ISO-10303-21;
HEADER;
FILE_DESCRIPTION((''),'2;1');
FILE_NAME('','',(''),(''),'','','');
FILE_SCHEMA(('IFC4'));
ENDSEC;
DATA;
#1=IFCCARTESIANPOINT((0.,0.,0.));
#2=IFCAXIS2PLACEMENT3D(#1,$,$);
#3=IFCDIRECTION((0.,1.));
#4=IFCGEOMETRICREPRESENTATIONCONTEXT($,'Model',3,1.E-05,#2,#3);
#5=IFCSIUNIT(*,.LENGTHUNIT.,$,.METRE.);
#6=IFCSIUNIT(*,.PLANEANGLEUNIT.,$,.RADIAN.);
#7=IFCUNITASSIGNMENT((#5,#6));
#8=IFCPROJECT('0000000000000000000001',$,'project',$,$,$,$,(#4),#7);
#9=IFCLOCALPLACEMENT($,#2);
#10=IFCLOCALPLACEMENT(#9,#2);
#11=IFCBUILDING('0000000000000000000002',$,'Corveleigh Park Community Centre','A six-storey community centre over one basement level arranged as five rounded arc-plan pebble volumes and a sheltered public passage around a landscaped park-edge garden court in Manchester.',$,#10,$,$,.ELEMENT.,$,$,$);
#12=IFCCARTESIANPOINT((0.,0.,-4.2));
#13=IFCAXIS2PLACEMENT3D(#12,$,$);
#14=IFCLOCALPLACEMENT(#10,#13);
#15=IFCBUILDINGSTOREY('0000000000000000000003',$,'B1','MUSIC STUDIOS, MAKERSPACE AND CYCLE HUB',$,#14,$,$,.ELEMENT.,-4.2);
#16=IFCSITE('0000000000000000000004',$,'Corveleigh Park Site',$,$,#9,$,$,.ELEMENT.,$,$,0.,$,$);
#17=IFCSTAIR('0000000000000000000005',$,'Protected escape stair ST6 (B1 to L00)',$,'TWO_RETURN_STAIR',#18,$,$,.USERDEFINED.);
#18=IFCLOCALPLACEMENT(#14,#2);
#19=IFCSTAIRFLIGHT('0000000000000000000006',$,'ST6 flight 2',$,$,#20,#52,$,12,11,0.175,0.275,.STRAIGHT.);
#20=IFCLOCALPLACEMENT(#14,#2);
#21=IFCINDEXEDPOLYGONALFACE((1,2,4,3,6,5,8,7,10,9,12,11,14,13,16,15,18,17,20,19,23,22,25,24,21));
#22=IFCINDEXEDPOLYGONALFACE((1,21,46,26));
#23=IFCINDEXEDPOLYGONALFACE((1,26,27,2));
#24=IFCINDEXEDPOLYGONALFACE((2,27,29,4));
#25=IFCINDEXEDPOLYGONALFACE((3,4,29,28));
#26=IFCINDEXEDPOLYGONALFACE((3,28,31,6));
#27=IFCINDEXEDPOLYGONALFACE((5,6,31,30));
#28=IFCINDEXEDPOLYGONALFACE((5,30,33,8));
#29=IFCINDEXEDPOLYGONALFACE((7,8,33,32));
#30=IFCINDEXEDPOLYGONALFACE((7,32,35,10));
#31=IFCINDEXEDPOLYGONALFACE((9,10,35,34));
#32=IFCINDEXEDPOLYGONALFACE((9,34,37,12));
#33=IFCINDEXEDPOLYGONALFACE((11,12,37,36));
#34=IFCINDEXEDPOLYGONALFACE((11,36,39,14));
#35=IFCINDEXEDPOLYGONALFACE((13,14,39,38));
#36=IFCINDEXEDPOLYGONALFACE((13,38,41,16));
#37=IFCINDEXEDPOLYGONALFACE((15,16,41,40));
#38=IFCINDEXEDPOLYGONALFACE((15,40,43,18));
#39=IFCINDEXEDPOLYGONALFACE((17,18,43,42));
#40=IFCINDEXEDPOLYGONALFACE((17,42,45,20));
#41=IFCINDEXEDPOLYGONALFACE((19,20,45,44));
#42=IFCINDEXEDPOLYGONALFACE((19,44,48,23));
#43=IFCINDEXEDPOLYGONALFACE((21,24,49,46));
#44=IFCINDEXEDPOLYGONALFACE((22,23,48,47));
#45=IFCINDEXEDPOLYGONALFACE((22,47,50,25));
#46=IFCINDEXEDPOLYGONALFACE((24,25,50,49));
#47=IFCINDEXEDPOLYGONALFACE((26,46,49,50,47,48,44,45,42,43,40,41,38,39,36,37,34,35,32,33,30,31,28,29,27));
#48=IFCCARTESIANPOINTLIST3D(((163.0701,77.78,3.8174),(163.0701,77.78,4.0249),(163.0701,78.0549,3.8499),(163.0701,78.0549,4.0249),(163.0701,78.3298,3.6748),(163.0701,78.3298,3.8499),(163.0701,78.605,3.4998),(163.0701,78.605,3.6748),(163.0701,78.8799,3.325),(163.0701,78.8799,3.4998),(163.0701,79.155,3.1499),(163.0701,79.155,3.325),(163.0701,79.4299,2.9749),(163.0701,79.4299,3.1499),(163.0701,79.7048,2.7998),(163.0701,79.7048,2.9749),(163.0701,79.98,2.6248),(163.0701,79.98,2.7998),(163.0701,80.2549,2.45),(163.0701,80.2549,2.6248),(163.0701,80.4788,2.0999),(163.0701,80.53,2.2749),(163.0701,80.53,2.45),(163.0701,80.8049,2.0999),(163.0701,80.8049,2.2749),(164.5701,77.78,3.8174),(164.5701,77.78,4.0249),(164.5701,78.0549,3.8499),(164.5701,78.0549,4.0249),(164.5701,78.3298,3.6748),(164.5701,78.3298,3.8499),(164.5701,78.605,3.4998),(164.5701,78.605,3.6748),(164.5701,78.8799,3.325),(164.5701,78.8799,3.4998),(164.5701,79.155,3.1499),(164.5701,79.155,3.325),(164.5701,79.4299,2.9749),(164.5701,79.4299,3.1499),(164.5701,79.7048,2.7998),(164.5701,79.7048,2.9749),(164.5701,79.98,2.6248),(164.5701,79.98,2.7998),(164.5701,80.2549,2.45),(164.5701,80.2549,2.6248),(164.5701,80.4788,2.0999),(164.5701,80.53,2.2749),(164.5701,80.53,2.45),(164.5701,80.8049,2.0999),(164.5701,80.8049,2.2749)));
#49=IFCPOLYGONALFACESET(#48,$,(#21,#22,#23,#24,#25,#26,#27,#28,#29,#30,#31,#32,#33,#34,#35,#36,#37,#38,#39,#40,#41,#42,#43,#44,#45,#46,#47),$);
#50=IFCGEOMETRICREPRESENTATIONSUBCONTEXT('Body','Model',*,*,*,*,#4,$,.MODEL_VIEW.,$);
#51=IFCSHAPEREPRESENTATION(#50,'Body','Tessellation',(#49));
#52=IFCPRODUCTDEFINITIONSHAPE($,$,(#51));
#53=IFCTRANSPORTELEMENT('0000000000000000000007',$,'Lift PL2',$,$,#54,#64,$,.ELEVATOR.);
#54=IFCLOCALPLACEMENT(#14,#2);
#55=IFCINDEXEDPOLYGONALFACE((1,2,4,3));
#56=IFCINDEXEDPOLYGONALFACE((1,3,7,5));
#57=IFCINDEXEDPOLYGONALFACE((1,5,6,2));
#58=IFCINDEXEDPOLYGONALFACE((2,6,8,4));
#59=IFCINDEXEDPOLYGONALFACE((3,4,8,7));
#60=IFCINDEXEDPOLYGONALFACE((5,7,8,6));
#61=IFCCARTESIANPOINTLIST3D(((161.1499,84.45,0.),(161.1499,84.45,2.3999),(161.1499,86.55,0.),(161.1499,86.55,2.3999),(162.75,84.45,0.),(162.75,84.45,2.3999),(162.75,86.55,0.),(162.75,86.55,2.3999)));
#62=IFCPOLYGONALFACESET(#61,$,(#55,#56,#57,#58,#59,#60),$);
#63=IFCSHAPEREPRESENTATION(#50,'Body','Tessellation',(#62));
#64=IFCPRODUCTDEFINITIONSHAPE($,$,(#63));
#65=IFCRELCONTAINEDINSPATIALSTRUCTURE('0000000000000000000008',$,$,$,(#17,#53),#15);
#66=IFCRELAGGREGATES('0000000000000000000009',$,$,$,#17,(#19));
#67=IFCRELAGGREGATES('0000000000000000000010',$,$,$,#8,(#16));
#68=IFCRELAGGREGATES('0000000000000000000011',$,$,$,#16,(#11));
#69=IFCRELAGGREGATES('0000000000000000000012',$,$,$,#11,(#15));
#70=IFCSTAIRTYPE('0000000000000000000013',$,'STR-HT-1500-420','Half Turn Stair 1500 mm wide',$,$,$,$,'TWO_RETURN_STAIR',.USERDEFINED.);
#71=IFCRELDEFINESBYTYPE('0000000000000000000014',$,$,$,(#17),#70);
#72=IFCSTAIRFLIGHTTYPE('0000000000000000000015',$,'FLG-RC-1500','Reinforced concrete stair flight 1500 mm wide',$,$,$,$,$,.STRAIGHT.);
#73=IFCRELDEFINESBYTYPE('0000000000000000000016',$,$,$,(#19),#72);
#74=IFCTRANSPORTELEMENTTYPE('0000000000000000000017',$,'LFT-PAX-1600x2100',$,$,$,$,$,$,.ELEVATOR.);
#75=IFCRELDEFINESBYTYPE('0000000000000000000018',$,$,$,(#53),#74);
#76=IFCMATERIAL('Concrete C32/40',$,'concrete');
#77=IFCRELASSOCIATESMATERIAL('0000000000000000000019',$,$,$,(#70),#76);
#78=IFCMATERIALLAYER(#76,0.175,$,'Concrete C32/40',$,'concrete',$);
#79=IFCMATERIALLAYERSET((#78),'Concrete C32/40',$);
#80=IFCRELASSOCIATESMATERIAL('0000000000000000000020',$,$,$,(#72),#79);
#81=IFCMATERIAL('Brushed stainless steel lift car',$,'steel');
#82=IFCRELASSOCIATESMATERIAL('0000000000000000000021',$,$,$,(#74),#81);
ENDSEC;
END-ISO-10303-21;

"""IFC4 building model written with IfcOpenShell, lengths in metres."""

from ifc_helpers import new_model, si_unit, direction, frame, origin, origin_2d, place, context, subcontext, project, spatial, polyline, rectangle, outline, extrude, material, layer, layer_set, type_object, element, aggregate, save


model = new_model("IFC4")

# Units and contexts
model_context = context("Model", 3, precision=1e-05, world=origin(), true_north=direction((0.0, 1.0)))
body_context = subcontext(model_context, "Body", "Model", "MODEL_VIEW")
ifc_project = project(units=[si_unit("LENGTHUNIT", "METRE"), si_unit("PLANEANGLEUNIT", "RADIAN")], contexts=[model_context])

# Site, building, storey
site_placement = place(None, origin())
site = spatial("IfcSite", under=ifc_project, at=site_placement, Name="Corveleigh Park Site", CompositionType="ELEMENT", RefElevation=0.0)
building_placement = place(site_placement, origin())
building = spatial("IfcBuilding", under=site, at=building_placement, Name="Corveleigh Park Community Centre", Description="A six-storey community centre over one basement level arranged as five rounded arc-plan pebble volumes and a sheltered public passage around a landscaped park-edge garden court in Manchester.", CompositionType="ELEMENT")
storey_placement = place(building_placement, frame((0.0, 0.0, -4.2)))
storey = spatial("IfcBuildingStorey", under=building, at=storey_placement, Name="B1", Description="MUSIC STUDIOS, MAKERSPACE AND CYCLE HUB", CompositionType="ELEMENT", Elevation=-4.2)

# Shared definitions
ifc_material_1 = material(Name="Concrete C32/40", Category="concrete")

# Shared definitions
ifc_material_2 = material(Name="Brushed stainless steel lift car", Category="steel")

# Stair, stair flight
stair_type = type_object("IfcStairType", Name="STR-HT-1500-420", Description="Half Turn Stair 1500 mm wide", ElementType="TWO_RETURN_STAIR", PredefinedType="USERDEFINED", material=ifc_material_1)
stair_placement = place(storey_placement, origin())
stair = element("IfcStair", 1, at=stair_placement, inside=storey, type_object=stair_type, Name="Protected escape stair ST6 (B1 to L00)", ObjectType="TWO_RETURN_STAIR", PredefinedType="USERDEFINED")
ifc_layer_1 = layer(ifc_material_1, 0.175, Name="Concrete C32/40", Category="concrete")
ifc_layer_set_1 = layer_set([ifc_layer_1], Name="Concrete C32/40")
stair_flight_type = type_object("IfcStairFlightType", Name="FLG-RC-1500", Description="Reinforced concrete stair flight 1500 mm wide", PredefinedType="STRAIGHT", material=ifc_layer_set_1)
stair_flight_placement = place(storey_placement, frame((163.8201, 80.8049, 2.0999), z_axis=(0.0, 0.0, 1.0), x_axis=(0.0, -1.0, 0.0)))
stair_flight = element("IfcStairFlight", 2, at=stair_flight_placement, type_object=stair_flight_type, Name="ST6 flight 2", NumberOfRisers=12, NumberOfTreads=11, PredefinedType="STRAIGHT", RiserHeight=0.175, TreadLength=0.275, context=body_context, shape_type="SweptSolid", body=[
    extrude(outline(polyline([(0.0, 0.0), (0.0, 0.175), (0.2749, 0.175), (0.2749, 0.3501), (0.55, 0.3501), (0.55, 0.5249), (0.825, 0.5249), (0.825, 0.7), (1.1001, 0.7), (1.1001, 0.875), (1.375, 0.875), (1.375, 1.05), (1.6499, 1.05), (1.6499, 1.2251), (1.925, 1.2251), (1.925, 1.3999), (2.2, 1.3999), (2.2, 1.575), (2.4751, 1.575), (2.4751, 1.75), (2.75, 1.75), (2.75, 1.925), (3.0249, 1.925), (3.0249, 2.1001), (3.0249, 1.7175), (0.3262, 0.0), (0.0, 0.0)])), frame((0.0, 0.75, 0.0), z_axis=(0.0, -1.0, 0.0), x_axis=(1.0, 0.0, 0.0)), (0.0, 0.0, 1.0), 1.5),
])
aggregate(stair, [stair_flight])

# Transport element
transport_element_type = type_object("IfcTransportElementType", Name="LFT-PAX-1600x2100", PredefinedType="ELEVATOR", material=ifc_material_2)
transport_element_placement = place(storey_placement, frame((161.95, 85.5, 0.0), z_axis=(0.0, 0.0, 1.0), x_axis=(1.0, 0.0, 0.0)))
element("IfcTransportElement", 3, at=transport_element_placement, inside=storey, type_object=transport_element_type, Name="Lift PL2", PredefinedType="ELEVATOR", context=body_context, shape_type="SweptSolid", body=[
    extrude(rectangle(XDim=1.6001, YDim=2.1001, at=origin_2d()), origin(), (0.0, 0.0, 1.0), 2.3999),
])

save(model, "model.ifc")
